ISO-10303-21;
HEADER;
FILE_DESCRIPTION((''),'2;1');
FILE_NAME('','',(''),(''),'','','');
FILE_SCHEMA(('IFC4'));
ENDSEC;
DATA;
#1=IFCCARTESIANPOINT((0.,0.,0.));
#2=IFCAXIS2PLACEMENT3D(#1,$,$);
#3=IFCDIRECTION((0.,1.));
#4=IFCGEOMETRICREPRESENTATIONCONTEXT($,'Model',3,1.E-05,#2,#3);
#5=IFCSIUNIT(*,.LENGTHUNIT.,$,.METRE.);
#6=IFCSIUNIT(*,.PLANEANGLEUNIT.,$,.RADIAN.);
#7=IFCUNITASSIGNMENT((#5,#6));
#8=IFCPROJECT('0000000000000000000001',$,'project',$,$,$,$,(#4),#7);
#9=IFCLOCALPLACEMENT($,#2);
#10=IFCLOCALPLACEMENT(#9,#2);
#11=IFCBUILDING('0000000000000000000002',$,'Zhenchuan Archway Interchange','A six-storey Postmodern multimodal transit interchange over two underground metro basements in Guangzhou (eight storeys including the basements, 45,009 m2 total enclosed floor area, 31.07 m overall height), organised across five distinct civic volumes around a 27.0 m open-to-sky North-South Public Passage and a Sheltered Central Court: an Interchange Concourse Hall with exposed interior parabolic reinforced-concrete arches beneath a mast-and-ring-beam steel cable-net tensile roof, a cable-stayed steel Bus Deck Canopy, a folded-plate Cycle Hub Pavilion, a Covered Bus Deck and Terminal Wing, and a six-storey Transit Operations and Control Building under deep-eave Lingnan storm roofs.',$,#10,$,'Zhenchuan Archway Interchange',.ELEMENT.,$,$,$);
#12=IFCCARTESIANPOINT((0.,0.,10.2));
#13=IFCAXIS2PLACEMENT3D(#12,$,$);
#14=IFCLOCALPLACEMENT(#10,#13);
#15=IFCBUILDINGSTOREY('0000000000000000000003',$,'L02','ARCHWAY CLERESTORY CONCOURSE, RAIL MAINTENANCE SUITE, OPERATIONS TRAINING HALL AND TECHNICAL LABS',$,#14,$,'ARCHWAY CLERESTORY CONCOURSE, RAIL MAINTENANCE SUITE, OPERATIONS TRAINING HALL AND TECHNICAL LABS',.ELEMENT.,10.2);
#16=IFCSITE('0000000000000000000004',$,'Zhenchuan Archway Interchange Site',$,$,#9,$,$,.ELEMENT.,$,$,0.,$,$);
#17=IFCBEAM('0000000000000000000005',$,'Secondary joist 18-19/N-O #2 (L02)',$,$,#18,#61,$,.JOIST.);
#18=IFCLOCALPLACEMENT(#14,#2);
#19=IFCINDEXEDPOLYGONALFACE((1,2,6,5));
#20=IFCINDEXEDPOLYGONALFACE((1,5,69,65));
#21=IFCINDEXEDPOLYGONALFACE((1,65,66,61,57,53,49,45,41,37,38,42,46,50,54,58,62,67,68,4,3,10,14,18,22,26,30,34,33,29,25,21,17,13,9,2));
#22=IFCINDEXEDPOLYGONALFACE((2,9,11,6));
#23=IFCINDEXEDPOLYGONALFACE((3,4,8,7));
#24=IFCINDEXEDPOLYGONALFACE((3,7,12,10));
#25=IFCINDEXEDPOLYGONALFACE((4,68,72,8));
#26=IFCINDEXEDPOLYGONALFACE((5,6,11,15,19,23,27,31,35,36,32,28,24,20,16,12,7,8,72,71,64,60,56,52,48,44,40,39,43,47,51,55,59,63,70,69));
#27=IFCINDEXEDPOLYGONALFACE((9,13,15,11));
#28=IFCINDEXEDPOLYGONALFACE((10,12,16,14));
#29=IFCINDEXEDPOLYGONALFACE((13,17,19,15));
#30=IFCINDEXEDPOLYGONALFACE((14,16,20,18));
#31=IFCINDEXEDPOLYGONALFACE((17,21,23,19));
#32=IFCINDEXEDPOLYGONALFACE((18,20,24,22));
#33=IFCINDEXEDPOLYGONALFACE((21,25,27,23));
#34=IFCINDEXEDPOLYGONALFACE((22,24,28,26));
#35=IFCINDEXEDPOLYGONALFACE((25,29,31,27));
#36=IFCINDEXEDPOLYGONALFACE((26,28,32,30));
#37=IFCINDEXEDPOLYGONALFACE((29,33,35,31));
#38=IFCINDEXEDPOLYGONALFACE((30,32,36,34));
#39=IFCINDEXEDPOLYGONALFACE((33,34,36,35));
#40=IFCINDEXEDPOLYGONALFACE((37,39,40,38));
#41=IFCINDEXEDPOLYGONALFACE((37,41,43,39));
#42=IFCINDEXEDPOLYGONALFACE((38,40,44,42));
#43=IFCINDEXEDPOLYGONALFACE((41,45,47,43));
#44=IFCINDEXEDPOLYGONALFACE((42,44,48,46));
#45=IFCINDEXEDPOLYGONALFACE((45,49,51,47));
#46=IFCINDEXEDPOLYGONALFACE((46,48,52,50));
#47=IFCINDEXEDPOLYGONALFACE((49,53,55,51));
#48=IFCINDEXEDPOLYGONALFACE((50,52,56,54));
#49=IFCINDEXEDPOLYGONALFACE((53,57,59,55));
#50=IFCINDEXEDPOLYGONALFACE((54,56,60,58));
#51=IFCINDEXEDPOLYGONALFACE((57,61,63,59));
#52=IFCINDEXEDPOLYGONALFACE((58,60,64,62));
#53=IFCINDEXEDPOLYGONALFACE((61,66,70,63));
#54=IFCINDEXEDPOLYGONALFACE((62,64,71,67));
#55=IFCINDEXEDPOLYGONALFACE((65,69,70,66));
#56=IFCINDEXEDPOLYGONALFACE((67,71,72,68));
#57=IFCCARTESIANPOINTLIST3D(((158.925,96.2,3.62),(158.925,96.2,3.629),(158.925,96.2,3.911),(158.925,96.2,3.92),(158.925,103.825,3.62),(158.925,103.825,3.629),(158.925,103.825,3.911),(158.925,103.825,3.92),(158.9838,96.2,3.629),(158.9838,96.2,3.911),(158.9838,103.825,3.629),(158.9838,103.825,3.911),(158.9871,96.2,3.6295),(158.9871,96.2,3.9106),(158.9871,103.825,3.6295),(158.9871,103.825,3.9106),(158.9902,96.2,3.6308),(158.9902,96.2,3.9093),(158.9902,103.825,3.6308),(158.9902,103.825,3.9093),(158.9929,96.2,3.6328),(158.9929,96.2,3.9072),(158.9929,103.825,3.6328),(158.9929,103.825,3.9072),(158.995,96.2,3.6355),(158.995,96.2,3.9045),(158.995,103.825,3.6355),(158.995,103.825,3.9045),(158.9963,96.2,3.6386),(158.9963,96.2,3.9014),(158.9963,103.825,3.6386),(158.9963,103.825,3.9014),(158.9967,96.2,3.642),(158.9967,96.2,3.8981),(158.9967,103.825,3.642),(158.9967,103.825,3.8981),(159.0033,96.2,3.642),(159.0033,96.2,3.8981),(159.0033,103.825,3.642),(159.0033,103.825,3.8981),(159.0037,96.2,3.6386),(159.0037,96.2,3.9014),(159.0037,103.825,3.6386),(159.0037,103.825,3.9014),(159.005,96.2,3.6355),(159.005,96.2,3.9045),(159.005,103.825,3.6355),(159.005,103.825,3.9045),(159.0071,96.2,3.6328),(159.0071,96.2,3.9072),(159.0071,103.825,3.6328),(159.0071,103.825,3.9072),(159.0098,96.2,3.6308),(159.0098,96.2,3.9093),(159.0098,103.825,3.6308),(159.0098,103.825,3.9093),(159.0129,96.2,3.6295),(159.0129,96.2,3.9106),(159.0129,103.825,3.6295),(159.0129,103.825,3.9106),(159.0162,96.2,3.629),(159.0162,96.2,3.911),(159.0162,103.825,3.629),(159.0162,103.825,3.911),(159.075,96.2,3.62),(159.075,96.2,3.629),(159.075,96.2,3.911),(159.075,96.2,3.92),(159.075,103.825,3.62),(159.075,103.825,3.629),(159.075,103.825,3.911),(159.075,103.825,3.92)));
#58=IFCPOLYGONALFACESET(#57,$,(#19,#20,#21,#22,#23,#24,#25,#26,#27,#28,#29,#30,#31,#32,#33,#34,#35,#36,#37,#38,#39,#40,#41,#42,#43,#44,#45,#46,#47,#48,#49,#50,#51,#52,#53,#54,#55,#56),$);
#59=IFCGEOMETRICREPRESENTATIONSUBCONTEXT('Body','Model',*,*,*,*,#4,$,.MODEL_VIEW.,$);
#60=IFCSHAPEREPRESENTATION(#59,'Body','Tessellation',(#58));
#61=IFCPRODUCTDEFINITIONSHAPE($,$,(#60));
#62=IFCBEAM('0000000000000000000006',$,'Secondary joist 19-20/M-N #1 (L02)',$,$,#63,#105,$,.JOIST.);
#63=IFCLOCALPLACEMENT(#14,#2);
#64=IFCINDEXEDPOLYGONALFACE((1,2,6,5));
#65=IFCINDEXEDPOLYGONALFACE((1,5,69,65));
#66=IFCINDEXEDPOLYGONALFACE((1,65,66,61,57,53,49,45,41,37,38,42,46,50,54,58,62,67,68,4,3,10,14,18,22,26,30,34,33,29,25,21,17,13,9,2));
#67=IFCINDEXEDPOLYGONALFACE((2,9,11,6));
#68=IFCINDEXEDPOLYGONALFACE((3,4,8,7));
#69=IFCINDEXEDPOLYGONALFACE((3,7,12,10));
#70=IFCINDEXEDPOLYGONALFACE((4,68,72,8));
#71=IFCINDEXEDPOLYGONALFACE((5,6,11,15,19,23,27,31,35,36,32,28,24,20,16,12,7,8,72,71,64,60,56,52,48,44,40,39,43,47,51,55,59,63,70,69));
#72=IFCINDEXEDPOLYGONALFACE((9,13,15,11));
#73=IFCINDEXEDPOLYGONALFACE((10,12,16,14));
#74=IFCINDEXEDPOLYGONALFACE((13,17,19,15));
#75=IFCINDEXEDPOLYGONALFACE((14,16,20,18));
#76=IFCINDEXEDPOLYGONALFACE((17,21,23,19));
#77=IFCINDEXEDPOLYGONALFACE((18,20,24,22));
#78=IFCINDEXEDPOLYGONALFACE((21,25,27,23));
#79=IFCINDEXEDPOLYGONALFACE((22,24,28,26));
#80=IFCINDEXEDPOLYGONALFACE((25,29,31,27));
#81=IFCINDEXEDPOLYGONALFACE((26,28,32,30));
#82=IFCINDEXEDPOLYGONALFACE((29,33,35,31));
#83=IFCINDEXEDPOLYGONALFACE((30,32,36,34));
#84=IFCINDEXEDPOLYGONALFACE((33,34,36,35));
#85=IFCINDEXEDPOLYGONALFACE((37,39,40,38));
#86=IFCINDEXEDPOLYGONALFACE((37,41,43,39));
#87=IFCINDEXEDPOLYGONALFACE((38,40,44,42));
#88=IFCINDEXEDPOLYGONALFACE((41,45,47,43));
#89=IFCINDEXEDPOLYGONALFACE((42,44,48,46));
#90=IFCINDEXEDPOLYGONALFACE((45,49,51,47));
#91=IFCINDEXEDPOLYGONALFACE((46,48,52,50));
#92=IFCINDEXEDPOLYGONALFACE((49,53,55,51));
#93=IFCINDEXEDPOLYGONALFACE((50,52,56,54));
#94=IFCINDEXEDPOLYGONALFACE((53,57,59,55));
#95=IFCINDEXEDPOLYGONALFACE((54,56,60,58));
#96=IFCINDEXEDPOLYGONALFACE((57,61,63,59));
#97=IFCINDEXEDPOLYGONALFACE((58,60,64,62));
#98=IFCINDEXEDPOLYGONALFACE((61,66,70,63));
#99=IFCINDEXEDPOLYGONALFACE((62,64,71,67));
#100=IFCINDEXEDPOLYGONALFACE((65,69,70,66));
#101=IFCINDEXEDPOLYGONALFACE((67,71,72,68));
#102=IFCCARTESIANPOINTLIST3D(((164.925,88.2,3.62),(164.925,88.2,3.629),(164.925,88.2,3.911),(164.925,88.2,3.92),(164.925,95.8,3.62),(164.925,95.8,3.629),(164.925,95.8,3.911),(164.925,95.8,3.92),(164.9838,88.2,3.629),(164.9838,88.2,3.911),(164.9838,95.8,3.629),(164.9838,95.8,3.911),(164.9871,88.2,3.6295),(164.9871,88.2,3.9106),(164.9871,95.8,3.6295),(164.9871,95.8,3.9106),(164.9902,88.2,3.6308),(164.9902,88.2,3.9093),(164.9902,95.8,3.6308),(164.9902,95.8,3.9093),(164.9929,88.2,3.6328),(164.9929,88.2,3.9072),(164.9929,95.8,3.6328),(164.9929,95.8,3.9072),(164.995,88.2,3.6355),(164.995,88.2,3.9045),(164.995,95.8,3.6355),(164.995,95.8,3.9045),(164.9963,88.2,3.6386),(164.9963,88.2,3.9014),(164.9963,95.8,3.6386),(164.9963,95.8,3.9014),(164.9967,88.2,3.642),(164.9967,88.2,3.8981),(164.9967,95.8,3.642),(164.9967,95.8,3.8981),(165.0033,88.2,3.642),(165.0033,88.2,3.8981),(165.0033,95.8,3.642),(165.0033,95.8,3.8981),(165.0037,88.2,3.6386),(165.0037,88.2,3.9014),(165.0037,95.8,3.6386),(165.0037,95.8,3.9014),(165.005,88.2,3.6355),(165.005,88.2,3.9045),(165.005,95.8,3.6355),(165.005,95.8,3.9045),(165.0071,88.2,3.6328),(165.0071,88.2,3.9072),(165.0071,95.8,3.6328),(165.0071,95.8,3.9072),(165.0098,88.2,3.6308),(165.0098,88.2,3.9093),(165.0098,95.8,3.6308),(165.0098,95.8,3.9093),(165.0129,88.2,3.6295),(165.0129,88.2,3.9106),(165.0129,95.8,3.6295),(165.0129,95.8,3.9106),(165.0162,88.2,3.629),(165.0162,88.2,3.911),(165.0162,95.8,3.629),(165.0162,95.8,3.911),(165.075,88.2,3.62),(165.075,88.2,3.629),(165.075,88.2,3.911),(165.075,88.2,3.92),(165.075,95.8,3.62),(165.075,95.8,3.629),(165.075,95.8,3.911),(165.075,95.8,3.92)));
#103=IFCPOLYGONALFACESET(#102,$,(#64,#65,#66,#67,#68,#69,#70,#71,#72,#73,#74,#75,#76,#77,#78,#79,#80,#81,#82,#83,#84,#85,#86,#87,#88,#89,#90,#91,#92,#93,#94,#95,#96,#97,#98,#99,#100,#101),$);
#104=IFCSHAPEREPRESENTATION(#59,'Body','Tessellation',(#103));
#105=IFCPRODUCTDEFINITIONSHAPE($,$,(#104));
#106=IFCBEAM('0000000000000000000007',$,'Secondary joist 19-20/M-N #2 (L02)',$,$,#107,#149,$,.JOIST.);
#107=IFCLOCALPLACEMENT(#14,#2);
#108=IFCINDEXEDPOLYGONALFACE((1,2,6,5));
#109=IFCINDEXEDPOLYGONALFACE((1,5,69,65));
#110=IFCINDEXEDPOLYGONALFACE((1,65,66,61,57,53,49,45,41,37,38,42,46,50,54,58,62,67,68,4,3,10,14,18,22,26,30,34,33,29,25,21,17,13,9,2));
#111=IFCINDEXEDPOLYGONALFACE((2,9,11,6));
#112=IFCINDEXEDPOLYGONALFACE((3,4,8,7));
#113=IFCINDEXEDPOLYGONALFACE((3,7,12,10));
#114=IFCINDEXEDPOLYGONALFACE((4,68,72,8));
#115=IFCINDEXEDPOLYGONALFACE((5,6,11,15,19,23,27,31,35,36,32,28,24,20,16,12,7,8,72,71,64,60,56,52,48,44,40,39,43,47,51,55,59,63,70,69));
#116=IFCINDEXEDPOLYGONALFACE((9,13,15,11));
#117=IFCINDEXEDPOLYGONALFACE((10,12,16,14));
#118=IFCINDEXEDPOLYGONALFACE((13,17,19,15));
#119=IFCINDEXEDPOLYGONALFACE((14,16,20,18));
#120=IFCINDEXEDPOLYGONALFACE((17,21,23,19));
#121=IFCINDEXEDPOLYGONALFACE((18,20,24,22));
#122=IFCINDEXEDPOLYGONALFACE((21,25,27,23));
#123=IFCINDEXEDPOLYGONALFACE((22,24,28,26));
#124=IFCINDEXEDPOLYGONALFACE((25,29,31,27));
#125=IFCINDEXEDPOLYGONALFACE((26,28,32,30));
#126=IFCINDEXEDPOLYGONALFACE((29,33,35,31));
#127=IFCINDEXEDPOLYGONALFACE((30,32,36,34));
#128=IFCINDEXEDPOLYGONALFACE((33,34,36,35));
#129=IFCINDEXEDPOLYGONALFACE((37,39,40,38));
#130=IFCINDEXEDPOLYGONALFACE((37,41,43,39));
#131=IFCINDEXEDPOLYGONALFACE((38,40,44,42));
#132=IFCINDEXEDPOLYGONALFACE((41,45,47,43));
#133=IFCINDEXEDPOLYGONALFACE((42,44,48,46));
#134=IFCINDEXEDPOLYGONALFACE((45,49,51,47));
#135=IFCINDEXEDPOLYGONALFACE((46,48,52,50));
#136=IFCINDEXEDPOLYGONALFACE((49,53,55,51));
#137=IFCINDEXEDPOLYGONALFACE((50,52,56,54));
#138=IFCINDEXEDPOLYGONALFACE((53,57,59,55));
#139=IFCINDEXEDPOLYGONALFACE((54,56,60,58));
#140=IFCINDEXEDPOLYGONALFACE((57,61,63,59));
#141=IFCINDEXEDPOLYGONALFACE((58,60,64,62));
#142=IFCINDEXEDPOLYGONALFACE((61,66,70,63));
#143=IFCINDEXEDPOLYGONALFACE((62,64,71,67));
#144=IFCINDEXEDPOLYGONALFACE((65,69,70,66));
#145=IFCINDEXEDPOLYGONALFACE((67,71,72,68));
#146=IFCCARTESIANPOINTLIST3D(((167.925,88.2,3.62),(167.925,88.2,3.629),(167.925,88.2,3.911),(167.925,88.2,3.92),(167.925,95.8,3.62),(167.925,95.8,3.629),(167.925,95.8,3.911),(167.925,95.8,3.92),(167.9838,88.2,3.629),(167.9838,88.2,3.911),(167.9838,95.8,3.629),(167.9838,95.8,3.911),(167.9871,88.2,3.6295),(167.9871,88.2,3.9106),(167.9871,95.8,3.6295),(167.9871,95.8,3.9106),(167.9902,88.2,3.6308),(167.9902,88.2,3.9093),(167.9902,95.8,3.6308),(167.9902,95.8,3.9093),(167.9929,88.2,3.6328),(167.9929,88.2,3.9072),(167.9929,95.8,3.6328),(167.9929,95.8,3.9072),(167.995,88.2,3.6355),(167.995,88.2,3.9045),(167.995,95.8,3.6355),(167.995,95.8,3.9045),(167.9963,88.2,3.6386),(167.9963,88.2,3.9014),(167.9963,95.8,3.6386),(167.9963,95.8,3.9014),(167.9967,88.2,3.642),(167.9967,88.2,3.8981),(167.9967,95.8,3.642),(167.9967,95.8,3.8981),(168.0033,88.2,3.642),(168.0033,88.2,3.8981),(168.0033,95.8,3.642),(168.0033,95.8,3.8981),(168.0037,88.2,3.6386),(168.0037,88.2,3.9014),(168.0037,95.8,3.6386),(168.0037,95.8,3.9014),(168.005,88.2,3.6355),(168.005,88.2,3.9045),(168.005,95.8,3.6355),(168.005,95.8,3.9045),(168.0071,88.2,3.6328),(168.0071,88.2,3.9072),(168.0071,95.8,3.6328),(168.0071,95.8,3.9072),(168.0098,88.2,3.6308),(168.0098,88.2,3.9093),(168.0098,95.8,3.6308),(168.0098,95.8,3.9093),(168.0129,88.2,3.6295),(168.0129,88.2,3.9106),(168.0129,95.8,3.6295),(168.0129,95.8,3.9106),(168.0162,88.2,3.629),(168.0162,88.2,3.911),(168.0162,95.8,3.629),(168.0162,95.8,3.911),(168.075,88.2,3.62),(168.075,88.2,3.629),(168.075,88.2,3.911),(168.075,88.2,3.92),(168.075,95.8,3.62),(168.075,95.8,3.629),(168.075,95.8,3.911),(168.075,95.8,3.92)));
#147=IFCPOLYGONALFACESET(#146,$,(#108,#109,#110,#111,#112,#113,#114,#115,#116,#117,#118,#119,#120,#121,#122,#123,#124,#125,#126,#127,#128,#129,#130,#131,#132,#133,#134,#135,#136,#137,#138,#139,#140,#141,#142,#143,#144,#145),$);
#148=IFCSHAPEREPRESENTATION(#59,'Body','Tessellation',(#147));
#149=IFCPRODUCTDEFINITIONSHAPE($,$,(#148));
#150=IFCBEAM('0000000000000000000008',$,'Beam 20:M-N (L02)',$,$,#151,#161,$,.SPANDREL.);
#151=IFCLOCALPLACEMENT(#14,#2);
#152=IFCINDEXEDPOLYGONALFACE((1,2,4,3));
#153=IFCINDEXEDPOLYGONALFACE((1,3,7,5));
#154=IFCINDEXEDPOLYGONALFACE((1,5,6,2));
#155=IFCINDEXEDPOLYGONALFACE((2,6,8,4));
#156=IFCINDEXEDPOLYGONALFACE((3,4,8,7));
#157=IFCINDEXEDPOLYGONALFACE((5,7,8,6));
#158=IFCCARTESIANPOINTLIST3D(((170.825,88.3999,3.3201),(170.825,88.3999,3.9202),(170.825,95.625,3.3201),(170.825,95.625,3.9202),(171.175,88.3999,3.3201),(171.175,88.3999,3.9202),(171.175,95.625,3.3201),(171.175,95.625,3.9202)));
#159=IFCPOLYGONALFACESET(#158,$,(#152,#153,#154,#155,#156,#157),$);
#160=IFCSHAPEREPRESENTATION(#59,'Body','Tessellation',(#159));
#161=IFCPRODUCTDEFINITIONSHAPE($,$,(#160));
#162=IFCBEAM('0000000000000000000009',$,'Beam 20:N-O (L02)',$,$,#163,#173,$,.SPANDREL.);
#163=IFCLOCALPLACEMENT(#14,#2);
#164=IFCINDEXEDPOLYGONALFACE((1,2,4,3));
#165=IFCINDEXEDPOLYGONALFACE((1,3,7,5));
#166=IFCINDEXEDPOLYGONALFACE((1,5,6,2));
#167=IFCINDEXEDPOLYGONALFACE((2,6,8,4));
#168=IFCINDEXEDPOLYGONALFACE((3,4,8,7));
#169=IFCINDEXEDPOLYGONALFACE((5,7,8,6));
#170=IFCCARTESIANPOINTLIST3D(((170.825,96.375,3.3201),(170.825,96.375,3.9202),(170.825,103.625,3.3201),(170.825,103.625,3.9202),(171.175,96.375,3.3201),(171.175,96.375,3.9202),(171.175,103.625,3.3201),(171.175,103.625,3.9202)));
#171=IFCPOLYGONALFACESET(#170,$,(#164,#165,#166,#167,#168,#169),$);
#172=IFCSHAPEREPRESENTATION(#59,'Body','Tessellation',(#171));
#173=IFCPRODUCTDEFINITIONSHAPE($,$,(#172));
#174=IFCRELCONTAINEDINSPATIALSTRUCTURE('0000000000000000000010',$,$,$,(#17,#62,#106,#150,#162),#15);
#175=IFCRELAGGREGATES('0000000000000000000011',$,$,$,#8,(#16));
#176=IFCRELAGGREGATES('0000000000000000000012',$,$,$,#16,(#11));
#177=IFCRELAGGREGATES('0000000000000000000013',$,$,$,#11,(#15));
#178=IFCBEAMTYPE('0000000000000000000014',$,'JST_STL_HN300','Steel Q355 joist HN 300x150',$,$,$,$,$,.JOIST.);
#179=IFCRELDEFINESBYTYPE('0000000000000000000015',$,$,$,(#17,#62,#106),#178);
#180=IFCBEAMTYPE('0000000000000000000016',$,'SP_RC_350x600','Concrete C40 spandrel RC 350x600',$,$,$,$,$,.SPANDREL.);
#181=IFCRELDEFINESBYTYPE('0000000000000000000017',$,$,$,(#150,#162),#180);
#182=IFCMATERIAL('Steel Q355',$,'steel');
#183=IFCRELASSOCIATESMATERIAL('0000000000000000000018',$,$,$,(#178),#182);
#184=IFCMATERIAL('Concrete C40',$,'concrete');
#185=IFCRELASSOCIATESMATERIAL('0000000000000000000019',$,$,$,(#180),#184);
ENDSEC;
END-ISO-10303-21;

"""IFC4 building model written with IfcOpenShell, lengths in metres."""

from ifc_helpers import new_model, si_unit, direction, frame, origin, origin_2d, place, context, subcontext, project, spatial, rectangle, i_section, extrude, material, material_profile, profile_set, type_object, element, save


model = new_model("IFC4")

# Units and contexts
model_context = context("Model", 3, precision=1e-05, world=origin(), true_north=direction((0.0, 1.0)))
body_context = subcontext(model_context, "Body", "Model", "MODEL_VIEW")
ifc_project = project(units=[si_unit("LENGTHUNIT", "METRE"), si_unit("PLANEANGLEUNIT", "RADIAN")], contexts=[model_context])

# Site, building, storey
site_placement = place(None, origin())
site = spatial("IfcSite", under=ifc_project, at=site_placement, Name="Zhenchuan Archway Interchange Site", CompositionType="ELEMENT", RefElevation=0.0)
building_placement = place(site_placement, origin())
building = spatial("IfcBuilding", under=site, at=building_placement, Name="Zhenchuan Archway Interchange", Description="A six-storey Postmodern multimodal transit interchange over two underground metro basements in Guangzhou (eight storeys including the basements, 45,009 m2 total enclosed floor area, 31.07 m overall height), organised across five distinct civic volumes around a 27.0 m open-to-sky North-South Public Passage and a Sheltered Central Court: an Interchange Concourse Hall with exposed interior parabolic reinforced-concrete arches beneath a mast-and-ring-beam steel cable-net tensile roof, a cable-stayed steel Bus Deck Canopy, a folded-plate Cycle Hub Pavilion, a Covered Bus Deck and Terminal Wing, and a six-storey Transit Operations and Control Building under deep-eave Lingnan storm roofs.", LongName="Zhenchuan Archway Interchange", CompositionType="ELEMENT")
storey_placement = place(building_placement, frame((0.0, 0.0, 10.2)))
storey = spatial("IfcBuildingStorey", under=building, at=storey_placement, Name="L02", Description="ARCHWAY CLERESTORY CONCOURSE, RAIL MAINTENANCE SUITE, OPERATIONS TRAINING HALL AND TECHNICAL LABS", LongName="ARCHWAY CLERESTORY CONCOURSE, RAIL MAINTENANCE SUITE, OPERATIONS TRAINING HALL AND TECHNICAL LABS", CompositionType="ELEMENT", Elevation=10.2)

# Shared definitions
ifc_material_1 = material(Name="Concrete C40", Category="concrete")

# Beams
ifc_material_2 = material(Name="Steel Q355", Category="steel")
ifc_material_profile_1 = material_profile(ifc_material_2, i_section(OverallWidth=0.1499, OverallDepth=0.3, WebThickness=0.0066, FlangeThickness=0.009, FilletRadius=0.0129, at=origin_2d()), Name="HN 300x150")
ifc_profile_set_1 = profile_set([ifc_material_profile_1], Name="Steel Q355")
beam_type_1 = type_object("IfcBeamType", Name="JST_STL_HN300", Description="Steel Q355 joist HN 300x150", PredefinedType="JOIST", material=ifc_profile_set_1)
beam_1_placement = place(storey_placement, frame((159.0, 96.2, 3.77), z_axis=(0.0, 1.0, 0.0), x_axis=(-1.0, 0.0, 0.0)))
element("IfcBeam", 1, at=beam_1_placement, inside=storey, type_object=beam_type_1, Name="Secondary joist 18-19/N-O #2 (L02)", PredefinedType="JOIST", context=body_context, shape_type="SweptSolid", body=[
    extrude(i_section(OverallWidth=0.1499, OverallDepth=0.3, WebThickness=0.0066, FlangeThickness=0.009, FilletRadius=0.0129, at=origin_2d()), origin(), (0.0, 0.0, 1.0), 7.625),
])
for number, where, z_axis, x_axis, name in (
    (2, (165.0, 88.2, 3.77), (0.0, 1.0, 0.0), (-1.0, 0.0, 0.0), "Secondary joist 19-20/M-N #1 (L02)"),
    (3, (168.0, 88.2, 3.77), (0.0, 1.0, 0.0), (-1.0, 0.0, 0.0), "Secondary joist 19-20/M-N #2 (L02)"),
):
    element("IfcBeam", number, at=place(storey_placement, frame(where, z_axis=z_axis, x_axis=x_axis)), inside=storey, type_object=beam_type_1, Name=name, PredefinedType="JOIST", context=body_context, shape_type="SweptSolid", body=[
        extrude(i_section(OverallWidth=0.1499, OverallDepth=0.3, WebThickness=0.0066, FlangeThickness=0.009, FilletRadius=0.0129, at=origin_2d()), origin(), (0.0, 0.0, 1.0), 7.6001),
    ])
ifc_material_profile_2 = material_profile(ifc_material_1, rectangle(XDim=0.3501, YDim=0.6001, at=origin_2d()), Name="RC 350x600")
ifc_profile_set_2 = profile_set([ifc_material_profile_2], Name="Concrete C40")
beam_type_2 = type_object("IfcBeamType", Name="SP_RC_350x600", Description="Concrete C40 spandrel RC 350x600", PredefinedType="SPANDREL", material=ifc_profile_set_2)
beam_2_placement = place(storey_placement, frame((171.0, 88.3999, 3.6201), z_axis=(0.0, 1.0, 0.0), x_axis=(-1.0, 0.0, 0.0)))
element("IfcBeam", 4, at=beam_2_placement, inside=storey, type_object=beam_type_2, Name="Beam 20:M-N (L02)", PredefinedType="SPANDREL", context=body_context, shape_type="SweptSolid", body=[
    extrude(rectangle(XDim=0.3501, YDim=0.6001, at=origin_2d()), origin(), (0.0, 0.0, 1.0), 7.2251),
])
beam_3_placement = place(storey_placement, frame((171.0, 96.375, 3.6201), z_axis=(0.0, 1.0, 0.0), x_axis=(-1.0, 0.0, 0.0)))
element("IfcBeam", 5, at=beam_3_placement, inside=storey, type_object=beam_type_2, Name="Beam 20:N-O (L02)", PredefinedType="SPANDREL", context=body_context, shape_type="SweptSolid", body=[
    extrude(rectangle(XDim=0.3501, YDim=0.6001, at=origin_2d()), origin(), (0.0, 0.0, 1.0), 7.25),
])

save(model, "model.ifc")
